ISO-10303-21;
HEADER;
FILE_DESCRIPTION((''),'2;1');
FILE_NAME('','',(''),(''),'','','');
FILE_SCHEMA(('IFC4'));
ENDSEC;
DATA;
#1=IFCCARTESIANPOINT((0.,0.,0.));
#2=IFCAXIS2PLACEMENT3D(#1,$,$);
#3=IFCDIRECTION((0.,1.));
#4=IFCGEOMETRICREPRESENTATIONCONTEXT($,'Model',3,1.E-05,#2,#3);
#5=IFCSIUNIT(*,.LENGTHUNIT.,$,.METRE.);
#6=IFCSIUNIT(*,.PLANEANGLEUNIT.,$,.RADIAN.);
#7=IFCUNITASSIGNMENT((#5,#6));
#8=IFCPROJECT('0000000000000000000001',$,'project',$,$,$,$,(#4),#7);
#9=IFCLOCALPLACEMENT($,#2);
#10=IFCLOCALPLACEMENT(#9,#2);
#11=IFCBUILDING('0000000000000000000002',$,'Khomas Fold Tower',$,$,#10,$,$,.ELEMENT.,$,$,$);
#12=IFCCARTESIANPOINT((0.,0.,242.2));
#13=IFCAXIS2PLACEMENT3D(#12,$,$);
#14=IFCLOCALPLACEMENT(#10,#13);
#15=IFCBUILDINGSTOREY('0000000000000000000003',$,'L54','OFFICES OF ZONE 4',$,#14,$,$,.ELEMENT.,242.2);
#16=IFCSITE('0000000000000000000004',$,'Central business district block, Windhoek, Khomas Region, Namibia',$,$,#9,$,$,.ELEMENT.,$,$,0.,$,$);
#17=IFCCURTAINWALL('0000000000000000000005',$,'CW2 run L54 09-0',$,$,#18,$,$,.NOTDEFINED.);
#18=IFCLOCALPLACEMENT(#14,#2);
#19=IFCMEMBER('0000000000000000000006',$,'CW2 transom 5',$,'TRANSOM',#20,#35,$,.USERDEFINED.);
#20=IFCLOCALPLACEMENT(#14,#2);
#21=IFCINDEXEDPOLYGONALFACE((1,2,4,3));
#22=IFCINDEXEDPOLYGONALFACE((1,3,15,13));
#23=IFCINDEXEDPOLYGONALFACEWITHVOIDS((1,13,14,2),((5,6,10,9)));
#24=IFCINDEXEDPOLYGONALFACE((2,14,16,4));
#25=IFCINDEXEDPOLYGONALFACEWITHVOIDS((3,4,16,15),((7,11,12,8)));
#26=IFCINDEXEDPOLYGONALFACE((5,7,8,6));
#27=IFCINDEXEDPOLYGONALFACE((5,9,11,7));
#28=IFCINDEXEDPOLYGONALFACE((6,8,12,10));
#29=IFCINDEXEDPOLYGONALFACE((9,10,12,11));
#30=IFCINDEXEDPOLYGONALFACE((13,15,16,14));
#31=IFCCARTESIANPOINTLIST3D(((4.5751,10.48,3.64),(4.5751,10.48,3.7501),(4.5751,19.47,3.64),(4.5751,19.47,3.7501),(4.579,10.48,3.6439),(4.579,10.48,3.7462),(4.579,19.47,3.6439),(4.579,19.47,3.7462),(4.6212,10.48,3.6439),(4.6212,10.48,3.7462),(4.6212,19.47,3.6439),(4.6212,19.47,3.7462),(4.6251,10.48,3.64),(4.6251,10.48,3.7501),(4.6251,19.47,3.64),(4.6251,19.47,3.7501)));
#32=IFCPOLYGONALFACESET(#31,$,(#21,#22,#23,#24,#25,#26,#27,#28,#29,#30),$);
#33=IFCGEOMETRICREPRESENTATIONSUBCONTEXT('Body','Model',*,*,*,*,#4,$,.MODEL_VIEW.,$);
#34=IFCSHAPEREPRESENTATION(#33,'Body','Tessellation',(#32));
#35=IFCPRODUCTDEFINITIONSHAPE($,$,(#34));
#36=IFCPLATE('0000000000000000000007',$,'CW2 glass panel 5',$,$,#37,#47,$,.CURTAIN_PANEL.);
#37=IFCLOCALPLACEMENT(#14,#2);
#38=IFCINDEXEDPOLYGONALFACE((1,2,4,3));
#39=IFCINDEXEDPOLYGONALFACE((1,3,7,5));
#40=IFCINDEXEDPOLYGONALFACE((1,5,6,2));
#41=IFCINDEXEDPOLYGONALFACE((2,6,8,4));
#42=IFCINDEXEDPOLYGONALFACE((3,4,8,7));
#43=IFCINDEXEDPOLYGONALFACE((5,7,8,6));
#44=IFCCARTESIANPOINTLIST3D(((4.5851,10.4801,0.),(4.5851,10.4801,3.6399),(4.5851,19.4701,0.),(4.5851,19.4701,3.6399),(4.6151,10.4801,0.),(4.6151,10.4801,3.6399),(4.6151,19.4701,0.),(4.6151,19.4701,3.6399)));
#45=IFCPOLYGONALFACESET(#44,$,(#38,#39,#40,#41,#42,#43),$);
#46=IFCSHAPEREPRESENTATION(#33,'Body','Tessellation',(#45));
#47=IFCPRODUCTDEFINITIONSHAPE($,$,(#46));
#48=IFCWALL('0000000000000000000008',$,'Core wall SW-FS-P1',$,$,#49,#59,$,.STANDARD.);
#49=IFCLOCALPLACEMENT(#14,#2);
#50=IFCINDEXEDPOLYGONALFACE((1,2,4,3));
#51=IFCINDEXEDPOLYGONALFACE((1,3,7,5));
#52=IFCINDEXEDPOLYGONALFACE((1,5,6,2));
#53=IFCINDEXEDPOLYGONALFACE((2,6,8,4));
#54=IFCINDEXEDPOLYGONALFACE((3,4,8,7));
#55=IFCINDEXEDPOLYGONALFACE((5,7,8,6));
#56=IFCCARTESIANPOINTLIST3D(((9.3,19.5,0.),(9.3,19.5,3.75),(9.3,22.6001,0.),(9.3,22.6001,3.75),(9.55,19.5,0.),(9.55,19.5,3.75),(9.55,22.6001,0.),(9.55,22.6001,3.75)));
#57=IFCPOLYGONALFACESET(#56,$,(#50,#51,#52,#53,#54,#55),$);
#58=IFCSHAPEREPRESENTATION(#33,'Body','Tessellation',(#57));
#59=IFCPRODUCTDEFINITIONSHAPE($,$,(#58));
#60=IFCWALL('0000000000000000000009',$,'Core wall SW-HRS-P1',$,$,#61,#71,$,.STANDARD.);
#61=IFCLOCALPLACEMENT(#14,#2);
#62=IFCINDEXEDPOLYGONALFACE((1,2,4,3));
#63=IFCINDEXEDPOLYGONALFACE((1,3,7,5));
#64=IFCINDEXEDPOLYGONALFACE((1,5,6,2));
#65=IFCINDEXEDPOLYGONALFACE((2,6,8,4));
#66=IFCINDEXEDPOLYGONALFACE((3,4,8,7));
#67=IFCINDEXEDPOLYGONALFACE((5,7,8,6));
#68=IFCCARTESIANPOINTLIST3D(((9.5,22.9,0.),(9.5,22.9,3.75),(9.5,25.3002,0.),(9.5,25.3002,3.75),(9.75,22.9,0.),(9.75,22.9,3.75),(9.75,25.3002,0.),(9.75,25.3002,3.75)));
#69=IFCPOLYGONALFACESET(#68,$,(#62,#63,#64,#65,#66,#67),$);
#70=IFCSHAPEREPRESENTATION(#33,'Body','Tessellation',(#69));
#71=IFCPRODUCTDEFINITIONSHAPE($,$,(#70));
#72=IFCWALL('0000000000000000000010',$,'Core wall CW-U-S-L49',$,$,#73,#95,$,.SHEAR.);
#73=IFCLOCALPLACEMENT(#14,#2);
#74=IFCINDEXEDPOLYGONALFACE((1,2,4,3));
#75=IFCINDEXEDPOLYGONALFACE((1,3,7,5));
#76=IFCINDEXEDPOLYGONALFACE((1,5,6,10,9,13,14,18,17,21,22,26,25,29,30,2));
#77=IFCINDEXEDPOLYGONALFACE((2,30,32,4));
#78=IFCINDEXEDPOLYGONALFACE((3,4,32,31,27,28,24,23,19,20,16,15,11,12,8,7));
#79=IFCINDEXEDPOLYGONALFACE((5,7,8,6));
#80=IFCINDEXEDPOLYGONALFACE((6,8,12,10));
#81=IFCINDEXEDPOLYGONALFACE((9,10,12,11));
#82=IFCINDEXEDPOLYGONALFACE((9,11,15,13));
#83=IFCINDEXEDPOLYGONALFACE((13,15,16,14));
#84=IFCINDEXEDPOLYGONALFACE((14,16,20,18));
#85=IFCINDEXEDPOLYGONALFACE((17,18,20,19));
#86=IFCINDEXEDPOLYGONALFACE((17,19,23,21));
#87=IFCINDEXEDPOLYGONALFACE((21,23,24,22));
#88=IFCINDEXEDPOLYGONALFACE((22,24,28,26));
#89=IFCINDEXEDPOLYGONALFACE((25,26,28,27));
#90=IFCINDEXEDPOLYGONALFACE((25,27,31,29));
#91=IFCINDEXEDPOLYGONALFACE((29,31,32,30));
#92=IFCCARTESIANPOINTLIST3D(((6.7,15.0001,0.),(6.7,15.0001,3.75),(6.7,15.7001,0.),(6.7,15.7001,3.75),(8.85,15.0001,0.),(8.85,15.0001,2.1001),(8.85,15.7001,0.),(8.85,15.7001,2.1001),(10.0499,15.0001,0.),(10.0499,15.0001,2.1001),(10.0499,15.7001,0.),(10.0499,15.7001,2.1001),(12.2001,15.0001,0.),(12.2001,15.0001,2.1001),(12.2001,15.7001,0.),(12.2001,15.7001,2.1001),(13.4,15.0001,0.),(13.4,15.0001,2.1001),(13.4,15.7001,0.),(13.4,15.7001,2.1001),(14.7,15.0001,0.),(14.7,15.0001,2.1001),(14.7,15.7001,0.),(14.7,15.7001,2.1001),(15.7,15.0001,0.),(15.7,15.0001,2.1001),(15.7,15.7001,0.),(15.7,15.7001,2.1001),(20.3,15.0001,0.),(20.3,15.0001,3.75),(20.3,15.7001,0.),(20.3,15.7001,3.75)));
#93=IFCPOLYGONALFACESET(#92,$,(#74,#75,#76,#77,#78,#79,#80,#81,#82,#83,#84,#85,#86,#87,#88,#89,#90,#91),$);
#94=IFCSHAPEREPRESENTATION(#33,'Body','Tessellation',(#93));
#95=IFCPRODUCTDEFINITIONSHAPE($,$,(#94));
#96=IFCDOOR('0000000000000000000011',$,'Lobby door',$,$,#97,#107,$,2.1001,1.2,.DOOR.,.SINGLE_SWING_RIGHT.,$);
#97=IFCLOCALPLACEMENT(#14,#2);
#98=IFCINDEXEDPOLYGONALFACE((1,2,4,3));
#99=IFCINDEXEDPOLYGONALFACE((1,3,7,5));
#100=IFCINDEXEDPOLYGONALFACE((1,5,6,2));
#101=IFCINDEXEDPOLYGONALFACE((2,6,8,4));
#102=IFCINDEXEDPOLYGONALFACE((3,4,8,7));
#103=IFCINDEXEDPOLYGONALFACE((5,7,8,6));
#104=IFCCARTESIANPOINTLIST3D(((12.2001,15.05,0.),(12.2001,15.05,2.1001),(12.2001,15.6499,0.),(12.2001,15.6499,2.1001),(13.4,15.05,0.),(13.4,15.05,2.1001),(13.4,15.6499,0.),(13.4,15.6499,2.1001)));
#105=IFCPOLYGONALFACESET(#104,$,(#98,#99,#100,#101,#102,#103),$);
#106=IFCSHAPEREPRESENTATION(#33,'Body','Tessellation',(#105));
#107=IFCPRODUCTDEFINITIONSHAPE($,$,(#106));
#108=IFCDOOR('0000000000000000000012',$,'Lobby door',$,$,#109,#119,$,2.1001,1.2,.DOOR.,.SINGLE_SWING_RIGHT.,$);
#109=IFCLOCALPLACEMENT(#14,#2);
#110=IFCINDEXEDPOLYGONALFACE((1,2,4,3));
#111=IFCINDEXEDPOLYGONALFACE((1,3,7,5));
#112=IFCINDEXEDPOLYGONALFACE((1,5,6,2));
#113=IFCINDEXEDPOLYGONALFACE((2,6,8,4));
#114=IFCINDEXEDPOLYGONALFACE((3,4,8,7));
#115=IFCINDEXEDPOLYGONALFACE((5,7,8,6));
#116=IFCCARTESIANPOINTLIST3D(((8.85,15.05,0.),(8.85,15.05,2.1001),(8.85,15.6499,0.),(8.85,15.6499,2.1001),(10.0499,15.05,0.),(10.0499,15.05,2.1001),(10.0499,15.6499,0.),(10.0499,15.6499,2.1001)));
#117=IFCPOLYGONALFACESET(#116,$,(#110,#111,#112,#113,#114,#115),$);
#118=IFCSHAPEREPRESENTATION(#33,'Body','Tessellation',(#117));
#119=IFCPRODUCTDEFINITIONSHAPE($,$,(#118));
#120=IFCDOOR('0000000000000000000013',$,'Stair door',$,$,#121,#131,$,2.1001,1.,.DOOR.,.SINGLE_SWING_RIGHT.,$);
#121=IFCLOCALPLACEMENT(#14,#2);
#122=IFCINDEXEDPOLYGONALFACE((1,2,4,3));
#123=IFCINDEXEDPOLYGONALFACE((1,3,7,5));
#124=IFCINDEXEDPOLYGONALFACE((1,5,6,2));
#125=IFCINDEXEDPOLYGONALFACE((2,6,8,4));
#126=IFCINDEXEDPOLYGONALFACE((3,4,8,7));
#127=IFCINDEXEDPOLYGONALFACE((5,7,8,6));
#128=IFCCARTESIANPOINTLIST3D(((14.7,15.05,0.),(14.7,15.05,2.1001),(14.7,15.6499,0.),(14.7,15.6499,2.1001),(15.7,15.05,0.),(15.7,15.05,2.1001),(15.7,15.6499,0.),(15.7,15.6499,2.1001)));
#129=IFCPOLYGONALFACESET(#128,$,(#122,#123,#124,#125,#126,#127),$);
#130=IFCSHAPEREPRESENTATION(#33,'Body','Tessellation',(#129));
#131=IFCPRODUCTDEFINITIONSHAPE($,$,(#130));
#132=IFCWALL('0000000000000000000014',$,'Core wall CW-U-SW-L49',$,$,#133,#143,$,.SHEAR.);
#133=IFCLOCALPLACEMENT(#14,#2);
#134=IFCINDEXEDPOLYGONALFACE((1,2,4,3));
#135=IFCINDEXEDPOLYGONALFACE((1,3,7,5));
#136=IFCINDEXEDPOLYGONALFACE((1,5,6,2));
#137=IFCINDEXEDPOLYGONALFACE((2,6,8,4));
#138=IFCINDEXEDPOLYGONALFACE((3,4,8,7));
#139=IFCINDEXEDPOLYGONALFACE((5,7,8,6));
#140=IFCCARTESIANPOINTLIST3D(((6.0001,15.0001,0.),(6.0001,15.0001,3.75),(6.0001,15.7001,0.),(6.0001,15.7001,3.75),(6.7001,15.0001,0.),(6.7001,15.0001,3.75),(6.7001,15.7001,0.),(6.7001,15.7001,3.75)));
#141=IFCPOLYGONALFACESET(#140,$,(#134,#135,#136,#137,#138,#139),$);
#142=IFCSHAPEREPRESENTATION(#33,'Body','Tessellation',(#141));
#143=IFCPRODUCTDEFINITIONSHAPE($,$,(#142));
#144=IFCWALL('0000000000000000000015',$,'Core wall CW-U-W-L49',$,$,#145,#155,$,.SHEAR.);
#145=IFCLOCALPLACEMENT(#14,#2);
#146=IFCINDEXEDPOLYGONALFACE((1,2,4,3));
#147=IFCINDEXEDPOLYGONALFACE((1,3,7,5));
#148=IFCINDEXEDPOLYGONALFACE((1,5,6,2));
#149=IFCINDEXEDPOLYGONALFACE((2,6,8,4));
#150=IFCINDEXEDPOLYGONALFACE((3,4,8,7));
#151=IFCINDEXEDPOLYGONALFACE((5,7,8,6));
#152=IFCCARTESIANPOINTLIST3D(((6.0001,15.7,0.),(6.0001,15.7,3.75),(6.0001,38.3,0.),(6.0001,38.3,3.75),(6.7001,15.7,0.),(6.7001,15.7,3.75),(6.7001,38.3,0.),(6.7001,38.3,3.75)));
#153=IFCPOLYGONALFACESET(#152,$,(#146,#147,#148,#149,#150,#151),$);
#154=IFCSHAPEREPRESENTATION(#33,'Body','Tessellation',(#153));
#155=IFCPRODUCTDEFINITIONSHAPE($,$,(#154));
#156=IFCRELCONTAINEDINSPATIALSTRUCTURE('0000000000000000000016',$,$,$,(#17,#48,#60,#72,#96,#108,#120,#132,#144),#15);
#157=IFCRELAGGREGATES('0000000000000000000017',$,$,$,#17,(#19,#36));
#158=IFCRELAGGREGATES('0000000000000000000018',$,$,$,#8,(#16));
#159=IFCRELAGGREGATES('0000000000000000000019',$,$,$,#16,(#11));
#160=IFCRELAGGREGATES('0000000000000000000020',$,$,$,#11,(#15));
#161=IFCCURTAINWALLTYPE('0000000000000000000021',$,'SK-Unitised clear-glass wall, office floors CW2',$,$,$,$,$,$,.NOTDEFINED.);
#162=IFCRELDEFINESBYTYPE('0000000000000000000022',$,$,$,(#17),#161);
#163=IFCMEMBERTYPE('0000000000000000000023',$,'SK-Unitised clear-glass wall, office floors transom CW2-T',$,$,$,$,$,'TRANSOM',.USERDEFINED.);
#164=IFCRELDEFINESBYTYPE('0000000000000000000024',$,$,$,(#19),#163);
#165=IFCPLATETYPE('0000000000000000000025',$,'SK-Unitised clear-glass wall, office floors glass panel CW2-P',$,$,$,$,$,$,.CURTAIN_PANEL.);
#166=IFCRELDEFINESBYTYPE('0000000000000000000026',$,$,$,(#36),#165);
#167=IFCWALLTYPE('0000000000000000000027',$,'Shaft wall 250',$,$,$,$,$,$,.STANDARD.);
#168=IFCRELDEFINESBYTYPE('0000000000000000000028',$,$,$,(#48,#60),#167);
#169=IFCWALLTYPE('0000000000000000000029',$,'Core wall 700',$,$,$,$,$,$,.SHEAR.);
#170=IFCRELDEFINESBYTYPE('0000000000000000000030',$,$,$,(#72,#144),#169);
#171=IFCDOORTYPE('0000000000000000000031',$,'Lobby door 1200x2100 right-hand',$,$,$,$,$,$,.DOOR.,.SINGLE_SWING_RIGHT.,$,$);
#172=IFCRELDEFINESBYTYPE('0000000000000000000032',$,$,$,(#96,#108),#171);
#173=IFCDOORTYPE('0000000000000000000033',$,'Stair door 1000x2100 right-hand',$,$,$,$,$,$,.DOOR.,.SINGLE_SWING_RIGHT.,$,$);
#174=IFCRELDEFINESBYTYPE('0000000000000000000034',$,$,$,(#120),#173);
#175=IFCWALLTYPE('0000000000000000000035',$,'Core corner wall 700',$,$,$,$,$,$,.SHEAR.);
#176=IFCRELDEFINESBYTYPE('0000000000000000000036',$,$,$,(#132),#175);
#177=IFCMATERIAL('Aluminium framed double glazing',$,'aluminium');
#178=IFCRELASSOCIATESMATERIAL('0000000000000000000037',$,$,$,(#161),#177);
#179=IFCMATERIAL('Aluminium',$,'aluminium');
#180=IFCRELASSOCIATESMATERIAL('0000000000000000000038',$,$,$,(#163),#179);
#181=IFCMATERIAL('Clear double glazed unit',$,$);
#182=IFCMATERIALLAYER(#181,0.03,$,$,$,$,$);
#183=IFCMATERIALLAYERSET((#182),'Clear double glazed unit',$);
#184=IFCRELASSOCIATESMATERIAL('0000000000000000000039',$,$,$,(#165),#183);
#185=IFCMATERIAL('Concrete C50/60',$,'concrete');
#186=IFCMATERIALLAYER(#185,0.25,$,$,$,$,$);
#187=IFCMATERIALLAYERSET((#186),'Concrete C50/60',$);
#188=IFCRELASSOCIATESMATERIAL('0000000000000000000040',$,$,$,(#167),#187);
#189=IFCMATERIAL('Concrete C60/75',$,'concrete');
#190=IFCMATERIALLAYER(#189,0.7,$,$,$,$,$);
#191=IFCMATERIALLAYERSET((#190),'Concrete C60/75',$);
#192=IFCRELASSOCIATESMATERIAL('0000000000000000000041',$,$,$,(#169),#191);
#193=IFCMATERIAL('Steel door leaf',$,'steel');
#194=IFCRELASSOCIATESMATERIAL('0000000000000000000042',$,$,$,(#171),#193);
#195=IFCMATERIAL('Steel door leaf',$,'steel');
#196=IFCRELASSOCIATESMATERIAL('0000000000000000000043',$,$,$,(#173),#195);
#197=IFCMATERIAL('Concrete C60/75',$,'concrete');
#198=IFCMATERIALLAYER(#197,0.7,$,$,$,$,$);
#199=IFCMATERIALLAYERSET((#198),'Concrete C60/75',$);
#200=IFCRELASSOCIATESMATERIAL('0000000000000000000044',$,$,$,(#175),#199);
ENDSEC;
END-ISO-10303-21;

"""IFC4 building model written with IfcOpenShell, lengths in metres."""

from ifc_helpers import new_model, si_unit, direction, frame, frame_2d, origin, origin_2d, place, context, subcontext, project, spatial, rectangle, hollow_rectangle, extrude, source, transform, mapped, material, layer, layer_set, material_profile, profile_set, type_object, element, fill, aggregate, save


model = new_model("IFC4")

# Units and contexts
model_context = context("Model", 3, precision=1e-05, world=origin(), true_north=direction((0.0, 1.0)))
body_context = subcontext(model_context, "Body", "Model", "MODEL_VIEW")
ifc_project = project(units=[si_unit("LENGTHUNIT", "METRE"), si_unit("PLANEANGLEUNIT", "RADIAN")], contexts=[model_context])

# Site, building, storey
site_placement = place(None, origin())
site = spatial("IfcSite", under=ifc_project, at=site_placement, Name="Central business district block, Windhoek, Khomas Region, Namibia", CompositionType="ELEMENT", RefElevation=0.0)
building_placement = place(site_placement, origin())
building = spatial("IfcBuilding", under=site, at=building_placement, Name="Khomas Fold Tower", CompositionType="ELEMENT")
storey_placement = place(building_placement, frame((0.0, 0.0, 242.2)))
storey = spatial("IfcBuildingStorey", under=building, at=storey_placement, Name="L54", Description="OFFICES OF ZONE 4", CompositionType="ELEMENT", Elevation=242.2)

# Curtain wall, member, plate
ifc_material_1 = material(Name="Aluminium framed double glazing", Category="aluminium")
curtain_wall_type = type_object("IfcCurtainWallType", Name="SK-Unitised clear-glass wall, office floors CW2", PredefinedType="NOTDEFINED", material=ifc_material_1)
curtain_wall_placement = place(storey_placement, origin())
curtain_wall = element("IfcCurtainWall", 1, at=curtain_wall_placement, inside=storey, type_object=curtain_wall_type, Name="CW2 run L54 09-0", PredefinedType="NOTDEFINED")
ifc_material_2 = material(Name="Aluminium", Category="aluminium")
ifc_material_profile_1 = material_profile(ifc_material_2, hollow_rectangle(XDim=0.05, YDim=0.1101, WallThickness=0.0039, at=origin_2d()), Name="SK-Unitised clear-glass wall, office floors transom CW2-T")
ifc_profile_set_1 = profile_set([ifc_material_profile_1], Name="Aluminium")
member_type_1 = type_object("IfcMemberType", Name="SK-Unitised clear-glass wall, office floors transom CW2-T", ElementType="TRANSOM", PredefinedType="USERDEFINED", material=ifc_profile_set_1)
shared_shape_1 = source(origin(), body_context, "Body", "SweptSolid", [
    extrude(hollow_rectangle(XDim=0.05, YDim=0.1101, WallThickness=0.0039, at=origin_2d()), origin(), (0.0, 0.0, 1.0), 8.99),
])
member_1_placement = place(storey_placement, frame((4.6001, 19.47, 3.6951), z_axis=(0.0, -1.0, 0.0), x_axis=(1.0, 0.0, 0.0)))
member_1 = element("IfcMember", 2, at=member_1_placement, type_object=member_type_1, Name="CW2 transom 5", ObjectType="TRANSOM", PredefinedType="USERDEFINED", context=body_context, shape_type="MappedRepresentation", body=[
    mapped(shared_shape_1, transform((0.0, 0.0, 0.0))),
])
ifc_material_3 = material(Name="Clear double glazed unit")
ifc_layer_1 = layer(ifc_material_3, 0.03)
ifc_layer_set_1 = layer_set([ifc_layer_1], Name="Clear double glazed unit")
plate_type = type_object("IfcPlateType", Name="SK-Unitised clear-glass wall, office floors glass panel CW2-P", PredefinedType="CURTAIN_PANEL", material=ifc_layer_set_1)
shared_shape_2 = source(origin(), body_context, "Body", "SweptSolid", [
    extrude(rectangle(XDim=8.99, YDim=0.03, at=origin_2d()), origin(), (0.0, 0.0, 1.0), 3.6399),
])
plate_placement = place(storey_placement, frame((4.6001, 14.9751, 0.0), z_axis=(0.0, 0.0, 1.0), x_axis=(0.0, -1.0, 0.0)))
plate = element("IfcPlate", 3, at=plate_placement, type_object=plate_type, Name="CW2 glass panel 5", PredefinedType="CURTAIN_PANEL", context=body_context, shape_type="MappedRepresentation", body=[
    mapped(shared_shape_2, transform((0.0, 0.0, 0.0))),
])
aggregate(curtain_wall, [member_1, plate])

# Walls
ifc_material_4 = material(Name="Concrete C50/60", Category="concrete")
ifc_layer_2 = layer(ifc_material_4, 0.25)
ifc_layer_set_2 = layer_set([ifc_layer_2], Name="Concrete C50/60")
wall_type_1 = type_object("IfcWallType", Name="Shaft wall 250", PredefinedType="STANDARD", material=ifc_layer_set_2)
shared_shape_3 = source(origin(), body_context, "Body", "SweptSolid", [
    extrude(rectangle(XDim=3.1001, YDim=0.25, at=frame_2d((1.55, 0.0))), origin(), (0.0, 0.0, 1.0), 3.75),
])
wall_1_placement = place(storey_placement, frame((9.425, 19.5, 0.0), z_axis=(0.0, 0.0, 1.0), x_axis=(0.0, 1.0, 0.0)))
element("IfcWall", 4, at=wall_1_placement, inside=storey, type_object=wall_type_1, Name="Core wall SW-FS-P1", PredefinedType="STANDARD", context=body_context, shape_type="MappedRepresentation", body=[
    mapped(shared_shape_3, transform((0.0, 0.0, 0.0))),
])
shared_shape_4 = source(origin(), body_context, "Body", "SweptSolid", [
    extrude(rectangle(XDim=2.4001, YDim=0.25, at=frame_2d((1.2002, 0.0))), origin(), (0.0, 0.0, 1.0), 3.75),
])
wall_2_placement = place(storey_placement, frame((9.625, 22.8999, 0.0), z_axis=(0.0, 0.0, 1.0), x_axis=(0.0, 1.0, 0.0)))
element("IfcWall", 5, at=wall_2_placement, inside=storey, type_object=wall_type_1, Name="Core wall SW-HRS-P1", PredefinedType="STANDARD", context=body_context, shape_type="MappedRepresentation", body=[
    mapped(shared_shape_4, transform((0.0, 0.0, 0.0))),
])

# Wall, openings, doors
ifc_material_5 = material(Name="Concrete C60/75", Category="concrete")
ifc_layer_3 = layer(ifc_material_5, 0.7)
ifc_layer_set_3 = layer_set([ifc_layer_3], Name="Concrete C60/75")
wall_type_2 = type_object("IfcWallType", Name="Core wall 700", PredefinedType="SHEAR", material=ifc_layer_set_3)
shared_shape_5 = source(origin(), body_context, "Body", "SweptSolid", [
    extrude(rectangle(XDim=13.6001, YDim=0.7, at=frame_2d((6.8, 0.0))), origin(), (0.0, 0.0, 1.0), 3.75),
])
wall_3_placement = place(storey_placement, frame((6.7, 15.3501, 0.0), z_axis=(0.0, 0.0, 1.0), x_axis=(1.0, 0.0, 0.0)))
wall_3 = element("IfcWall", 6, at=wall_3_placement, inside=storey, type_object=wall_type_2, Name="Core wall CW-U-S-L49", PredefinedType="SHEAR", context=body_context, shape_type="MappedRepresentation", body=[
    mapped(shared_shape_5, transform((0.0, 0.0, 0.0))),
])
shared_shape_6 = source(origin(), body_context, "Body", "SweptSolid", [
    extrude(rectangle(XDim=1.2, YDim=2.1001, at=frame_2d((0.6001, 1.05))), frame((0.0, 0.3599, 0.0), z_axis=(0.0, -1.0, 0.0), x_axis=(1.0, 0.0, 0.0)), (0.0, 0.0, 1.0), 0.72),
])
opening_1_placement = place(wall_3_placement, frame((5.5, 0.0, 0.0)))
opening_1 = element("IfcOpeningElement", 7, at=opening_1_placement, cuts=wall_3, PredefinedType="OPENING", context=body_context, shape_type="MappedRepresentation", body=[
    mapped(shared_shape_6, transform((0.0, 0.0, 0.0))),
])
opening_2_placement = place(wall_3_placement, frame((2.1499, 0.0, 0.0)))
opening_2 = element("IfcOpeningElement", 8, at=opening_2_placement, cuts=wall_3, PredefinedType="OPENING", context=body_context, shape_type="MappedRepresentation", body=[
    mapped(shared_shape_6, transform((0.0, 0.0, 0.0))),
])
shared_shape_7 = source(origin(), body_context, "Body", "SweptSolid", [
    extrude(rectangle(XDim=1.0, YDim=2.1001, at=frame_2d((0.5, 1.05))), frame((0.0, 0.3599, 0.0), z_axis=(0.0, -1.0, 0.0), x_axis=(1.0, 0.0, 0.0)), (0.0, 0.0, 1.0), 0.72),
])
opening_3_placement = place(wall_3_placement, frame((8.0, 0.0, 0.0)))
opening_3 = element("IfcOpeningElement", 9, at=opening_3_placement, cuts=wall_3, PredefinedType="OPENING", context=body_context, shape_type="MappedRepresentation", body=[
    mapped(shared_shape_7, transform((0.0, 0.0, 0.0))),
])
ifc_material_6 = material(Name="Steel door leaf", Category="steel")
door_type_1 = type_object("IfcDoorType", Name="Lobby door 1200x2100 right-hand", OperationType="SINGLE_SWING_RIGHT", PredefinedType="DOOR", material=ifc_material_6)
shared_shape_8 = source(origin(), body_context, "Body", "SweptSolid", [
    extrude(rectangle(XDim=1.2, YDim=2.1001, at=frame_2d((0.6001, 1.05))), frame((0.0, 0.2998, 0.0), z_axis=(0.0, -1.0, 0.0), x_axis=(1.0, 0.0, 0.0)), (0.0, 0.0, 1.0), 0.5999),
])
door_1_placement = place(opening_1_placement, origin())
door_1 = element("IfcDoor", 10, at=door_1_placement, inside=storey, type_object=door_type_1, Name="Lobby door", OperationType="SINGLE_SWING_RIGHT", OverallHeight=2.1001, OverallWidth=1.2, PredefinedType="DOOR", context=body_context, shape_type="MappedRepresentation", body=[
    mapped(shared_shape_8, transform((0.0, 0.0, 0.0))),
])
fill(opening_1, door_1)
door_2_placement = place(opening_2_placement, origin())
door_2 = element("IfcDoor", 11, at=door_2_placement, inside=storey, type_object=door_type_1, Name="Lobby door", OperationType="SINGLE_SWING_RIGHT", OverallHeight=2.1001, OverallWidth=1.2, PredefinedType="DOOR", context=body_context, shape_type="MappedRepresentation", body=[
    mapped(shared_shape_8, transform((0.0, 0.0, 0.0))),
])
fill(opening_2, door_2)
ifc_material_7 = material(Name="Steel door leaf", Category="steel")
door_type_2 = type_object("IfcDoorType", Name="Stair door 1000x2100 right-hand", OperationType="SINGLE_SWING_RIGHT", PredefinedType="DOOR", material=ifc_material_7)
shared_shape_9 = source(origin(), body_context, "Body", "SweptSolid", [
    extrude(rectangle(XDim=1.0, YDim=2.1001, at=frame_2d((0.5, 1.05))), frame((0.0, 0.2998, 0.0), z_axis=(0.0, -1.0, 0.0), x_axis=(1.0, 0.0, 0.0)), (0.0, 0.0, 1.0), 0.5999),
])
door_3_placement = place(opening_3_placement, origin())
door_3 = element("IfcDoor", 12, at=door_3_placement, inside=storey, type_object=door_type_2, Name="Stair door", OperationType="SINGLE_SWING_RIGHT", OverallHeight=2.1001, OverallWidth=1.0, PredefinedType="DOOR", context=body_context, shape_type="MappedRepresentation", body=[
    mapped(shared_shape_9, transform((0.0, 0.0, 0.0))),
])
fill(opening_3, door_3)

# Walls
ifc_material_8 = material(Name="Concrete C60/75", Category="concrete")
ifc_layer_4 = layer(ifc_material_8, 0.7)
ifc_layer_set_4 = layer_set([ifc_layer_4], Name="Concrete C60/75")
wall_type_3 = type_object("IfcWallType", Name="Core corner wall 700", PredefinedType="SHEAR", material=ifc_layer_set_4)
shared_shape_10 = source(origin(), body_context, "Body", "SweptSolid", [
    extrude(rectangle(XDim=0.7, YDim=0.7, at=frame_2d((0.3501, 0.0))), origin(), (0.0, 0.0, 1.0), 3.75),
])
wall_4_placement = place(storey_placement, frame((6.0, 15.3501, 0.0), z_axis=(0.0, 0.0, 1.0), x_axis=(1.0, 0.0, 0.0)))
element("IfcWall", 13, at=wall_4_placement, inside=storey, type_object=wall_type_3, Name="Core wall CW-U-SW-L49", PredefinedType="SHEAR", context=body_context, shape_type="MappedRepresentation", body=[
    mapped(shared_shape_10, transform((0.0, 0.0, 0.0))),
])
shared_shape_11 = source(origin(), body_context, "Body", "SweptSolid", [
    extrude(rectangle(XDim=22.6001, YDim=0.7, at=frame_2d((11.3, 0.0))), origin(), (0.0, 0.0, 1.0), 3.75),
])
wall_5_placement = place(storey_placement, frame((6.3501, 15.7, 0.0), z_axis=(0.0, 0.0, 1.0), x_axis=(0.0, 1.0, 0.0)))
element("IfcWall", 14, at=wall_5_placement, inside=storey, type_object=wall_type_2, Name="Core wall CW-U-W-L49", PredefinedType="SHEAR", context=body_context, shape_type="MappedRepresentation", body=[
    mapped(shared_shape_11, transform((0.0, 0.0, 0.0))),
])

save(model, "model.ifc")
